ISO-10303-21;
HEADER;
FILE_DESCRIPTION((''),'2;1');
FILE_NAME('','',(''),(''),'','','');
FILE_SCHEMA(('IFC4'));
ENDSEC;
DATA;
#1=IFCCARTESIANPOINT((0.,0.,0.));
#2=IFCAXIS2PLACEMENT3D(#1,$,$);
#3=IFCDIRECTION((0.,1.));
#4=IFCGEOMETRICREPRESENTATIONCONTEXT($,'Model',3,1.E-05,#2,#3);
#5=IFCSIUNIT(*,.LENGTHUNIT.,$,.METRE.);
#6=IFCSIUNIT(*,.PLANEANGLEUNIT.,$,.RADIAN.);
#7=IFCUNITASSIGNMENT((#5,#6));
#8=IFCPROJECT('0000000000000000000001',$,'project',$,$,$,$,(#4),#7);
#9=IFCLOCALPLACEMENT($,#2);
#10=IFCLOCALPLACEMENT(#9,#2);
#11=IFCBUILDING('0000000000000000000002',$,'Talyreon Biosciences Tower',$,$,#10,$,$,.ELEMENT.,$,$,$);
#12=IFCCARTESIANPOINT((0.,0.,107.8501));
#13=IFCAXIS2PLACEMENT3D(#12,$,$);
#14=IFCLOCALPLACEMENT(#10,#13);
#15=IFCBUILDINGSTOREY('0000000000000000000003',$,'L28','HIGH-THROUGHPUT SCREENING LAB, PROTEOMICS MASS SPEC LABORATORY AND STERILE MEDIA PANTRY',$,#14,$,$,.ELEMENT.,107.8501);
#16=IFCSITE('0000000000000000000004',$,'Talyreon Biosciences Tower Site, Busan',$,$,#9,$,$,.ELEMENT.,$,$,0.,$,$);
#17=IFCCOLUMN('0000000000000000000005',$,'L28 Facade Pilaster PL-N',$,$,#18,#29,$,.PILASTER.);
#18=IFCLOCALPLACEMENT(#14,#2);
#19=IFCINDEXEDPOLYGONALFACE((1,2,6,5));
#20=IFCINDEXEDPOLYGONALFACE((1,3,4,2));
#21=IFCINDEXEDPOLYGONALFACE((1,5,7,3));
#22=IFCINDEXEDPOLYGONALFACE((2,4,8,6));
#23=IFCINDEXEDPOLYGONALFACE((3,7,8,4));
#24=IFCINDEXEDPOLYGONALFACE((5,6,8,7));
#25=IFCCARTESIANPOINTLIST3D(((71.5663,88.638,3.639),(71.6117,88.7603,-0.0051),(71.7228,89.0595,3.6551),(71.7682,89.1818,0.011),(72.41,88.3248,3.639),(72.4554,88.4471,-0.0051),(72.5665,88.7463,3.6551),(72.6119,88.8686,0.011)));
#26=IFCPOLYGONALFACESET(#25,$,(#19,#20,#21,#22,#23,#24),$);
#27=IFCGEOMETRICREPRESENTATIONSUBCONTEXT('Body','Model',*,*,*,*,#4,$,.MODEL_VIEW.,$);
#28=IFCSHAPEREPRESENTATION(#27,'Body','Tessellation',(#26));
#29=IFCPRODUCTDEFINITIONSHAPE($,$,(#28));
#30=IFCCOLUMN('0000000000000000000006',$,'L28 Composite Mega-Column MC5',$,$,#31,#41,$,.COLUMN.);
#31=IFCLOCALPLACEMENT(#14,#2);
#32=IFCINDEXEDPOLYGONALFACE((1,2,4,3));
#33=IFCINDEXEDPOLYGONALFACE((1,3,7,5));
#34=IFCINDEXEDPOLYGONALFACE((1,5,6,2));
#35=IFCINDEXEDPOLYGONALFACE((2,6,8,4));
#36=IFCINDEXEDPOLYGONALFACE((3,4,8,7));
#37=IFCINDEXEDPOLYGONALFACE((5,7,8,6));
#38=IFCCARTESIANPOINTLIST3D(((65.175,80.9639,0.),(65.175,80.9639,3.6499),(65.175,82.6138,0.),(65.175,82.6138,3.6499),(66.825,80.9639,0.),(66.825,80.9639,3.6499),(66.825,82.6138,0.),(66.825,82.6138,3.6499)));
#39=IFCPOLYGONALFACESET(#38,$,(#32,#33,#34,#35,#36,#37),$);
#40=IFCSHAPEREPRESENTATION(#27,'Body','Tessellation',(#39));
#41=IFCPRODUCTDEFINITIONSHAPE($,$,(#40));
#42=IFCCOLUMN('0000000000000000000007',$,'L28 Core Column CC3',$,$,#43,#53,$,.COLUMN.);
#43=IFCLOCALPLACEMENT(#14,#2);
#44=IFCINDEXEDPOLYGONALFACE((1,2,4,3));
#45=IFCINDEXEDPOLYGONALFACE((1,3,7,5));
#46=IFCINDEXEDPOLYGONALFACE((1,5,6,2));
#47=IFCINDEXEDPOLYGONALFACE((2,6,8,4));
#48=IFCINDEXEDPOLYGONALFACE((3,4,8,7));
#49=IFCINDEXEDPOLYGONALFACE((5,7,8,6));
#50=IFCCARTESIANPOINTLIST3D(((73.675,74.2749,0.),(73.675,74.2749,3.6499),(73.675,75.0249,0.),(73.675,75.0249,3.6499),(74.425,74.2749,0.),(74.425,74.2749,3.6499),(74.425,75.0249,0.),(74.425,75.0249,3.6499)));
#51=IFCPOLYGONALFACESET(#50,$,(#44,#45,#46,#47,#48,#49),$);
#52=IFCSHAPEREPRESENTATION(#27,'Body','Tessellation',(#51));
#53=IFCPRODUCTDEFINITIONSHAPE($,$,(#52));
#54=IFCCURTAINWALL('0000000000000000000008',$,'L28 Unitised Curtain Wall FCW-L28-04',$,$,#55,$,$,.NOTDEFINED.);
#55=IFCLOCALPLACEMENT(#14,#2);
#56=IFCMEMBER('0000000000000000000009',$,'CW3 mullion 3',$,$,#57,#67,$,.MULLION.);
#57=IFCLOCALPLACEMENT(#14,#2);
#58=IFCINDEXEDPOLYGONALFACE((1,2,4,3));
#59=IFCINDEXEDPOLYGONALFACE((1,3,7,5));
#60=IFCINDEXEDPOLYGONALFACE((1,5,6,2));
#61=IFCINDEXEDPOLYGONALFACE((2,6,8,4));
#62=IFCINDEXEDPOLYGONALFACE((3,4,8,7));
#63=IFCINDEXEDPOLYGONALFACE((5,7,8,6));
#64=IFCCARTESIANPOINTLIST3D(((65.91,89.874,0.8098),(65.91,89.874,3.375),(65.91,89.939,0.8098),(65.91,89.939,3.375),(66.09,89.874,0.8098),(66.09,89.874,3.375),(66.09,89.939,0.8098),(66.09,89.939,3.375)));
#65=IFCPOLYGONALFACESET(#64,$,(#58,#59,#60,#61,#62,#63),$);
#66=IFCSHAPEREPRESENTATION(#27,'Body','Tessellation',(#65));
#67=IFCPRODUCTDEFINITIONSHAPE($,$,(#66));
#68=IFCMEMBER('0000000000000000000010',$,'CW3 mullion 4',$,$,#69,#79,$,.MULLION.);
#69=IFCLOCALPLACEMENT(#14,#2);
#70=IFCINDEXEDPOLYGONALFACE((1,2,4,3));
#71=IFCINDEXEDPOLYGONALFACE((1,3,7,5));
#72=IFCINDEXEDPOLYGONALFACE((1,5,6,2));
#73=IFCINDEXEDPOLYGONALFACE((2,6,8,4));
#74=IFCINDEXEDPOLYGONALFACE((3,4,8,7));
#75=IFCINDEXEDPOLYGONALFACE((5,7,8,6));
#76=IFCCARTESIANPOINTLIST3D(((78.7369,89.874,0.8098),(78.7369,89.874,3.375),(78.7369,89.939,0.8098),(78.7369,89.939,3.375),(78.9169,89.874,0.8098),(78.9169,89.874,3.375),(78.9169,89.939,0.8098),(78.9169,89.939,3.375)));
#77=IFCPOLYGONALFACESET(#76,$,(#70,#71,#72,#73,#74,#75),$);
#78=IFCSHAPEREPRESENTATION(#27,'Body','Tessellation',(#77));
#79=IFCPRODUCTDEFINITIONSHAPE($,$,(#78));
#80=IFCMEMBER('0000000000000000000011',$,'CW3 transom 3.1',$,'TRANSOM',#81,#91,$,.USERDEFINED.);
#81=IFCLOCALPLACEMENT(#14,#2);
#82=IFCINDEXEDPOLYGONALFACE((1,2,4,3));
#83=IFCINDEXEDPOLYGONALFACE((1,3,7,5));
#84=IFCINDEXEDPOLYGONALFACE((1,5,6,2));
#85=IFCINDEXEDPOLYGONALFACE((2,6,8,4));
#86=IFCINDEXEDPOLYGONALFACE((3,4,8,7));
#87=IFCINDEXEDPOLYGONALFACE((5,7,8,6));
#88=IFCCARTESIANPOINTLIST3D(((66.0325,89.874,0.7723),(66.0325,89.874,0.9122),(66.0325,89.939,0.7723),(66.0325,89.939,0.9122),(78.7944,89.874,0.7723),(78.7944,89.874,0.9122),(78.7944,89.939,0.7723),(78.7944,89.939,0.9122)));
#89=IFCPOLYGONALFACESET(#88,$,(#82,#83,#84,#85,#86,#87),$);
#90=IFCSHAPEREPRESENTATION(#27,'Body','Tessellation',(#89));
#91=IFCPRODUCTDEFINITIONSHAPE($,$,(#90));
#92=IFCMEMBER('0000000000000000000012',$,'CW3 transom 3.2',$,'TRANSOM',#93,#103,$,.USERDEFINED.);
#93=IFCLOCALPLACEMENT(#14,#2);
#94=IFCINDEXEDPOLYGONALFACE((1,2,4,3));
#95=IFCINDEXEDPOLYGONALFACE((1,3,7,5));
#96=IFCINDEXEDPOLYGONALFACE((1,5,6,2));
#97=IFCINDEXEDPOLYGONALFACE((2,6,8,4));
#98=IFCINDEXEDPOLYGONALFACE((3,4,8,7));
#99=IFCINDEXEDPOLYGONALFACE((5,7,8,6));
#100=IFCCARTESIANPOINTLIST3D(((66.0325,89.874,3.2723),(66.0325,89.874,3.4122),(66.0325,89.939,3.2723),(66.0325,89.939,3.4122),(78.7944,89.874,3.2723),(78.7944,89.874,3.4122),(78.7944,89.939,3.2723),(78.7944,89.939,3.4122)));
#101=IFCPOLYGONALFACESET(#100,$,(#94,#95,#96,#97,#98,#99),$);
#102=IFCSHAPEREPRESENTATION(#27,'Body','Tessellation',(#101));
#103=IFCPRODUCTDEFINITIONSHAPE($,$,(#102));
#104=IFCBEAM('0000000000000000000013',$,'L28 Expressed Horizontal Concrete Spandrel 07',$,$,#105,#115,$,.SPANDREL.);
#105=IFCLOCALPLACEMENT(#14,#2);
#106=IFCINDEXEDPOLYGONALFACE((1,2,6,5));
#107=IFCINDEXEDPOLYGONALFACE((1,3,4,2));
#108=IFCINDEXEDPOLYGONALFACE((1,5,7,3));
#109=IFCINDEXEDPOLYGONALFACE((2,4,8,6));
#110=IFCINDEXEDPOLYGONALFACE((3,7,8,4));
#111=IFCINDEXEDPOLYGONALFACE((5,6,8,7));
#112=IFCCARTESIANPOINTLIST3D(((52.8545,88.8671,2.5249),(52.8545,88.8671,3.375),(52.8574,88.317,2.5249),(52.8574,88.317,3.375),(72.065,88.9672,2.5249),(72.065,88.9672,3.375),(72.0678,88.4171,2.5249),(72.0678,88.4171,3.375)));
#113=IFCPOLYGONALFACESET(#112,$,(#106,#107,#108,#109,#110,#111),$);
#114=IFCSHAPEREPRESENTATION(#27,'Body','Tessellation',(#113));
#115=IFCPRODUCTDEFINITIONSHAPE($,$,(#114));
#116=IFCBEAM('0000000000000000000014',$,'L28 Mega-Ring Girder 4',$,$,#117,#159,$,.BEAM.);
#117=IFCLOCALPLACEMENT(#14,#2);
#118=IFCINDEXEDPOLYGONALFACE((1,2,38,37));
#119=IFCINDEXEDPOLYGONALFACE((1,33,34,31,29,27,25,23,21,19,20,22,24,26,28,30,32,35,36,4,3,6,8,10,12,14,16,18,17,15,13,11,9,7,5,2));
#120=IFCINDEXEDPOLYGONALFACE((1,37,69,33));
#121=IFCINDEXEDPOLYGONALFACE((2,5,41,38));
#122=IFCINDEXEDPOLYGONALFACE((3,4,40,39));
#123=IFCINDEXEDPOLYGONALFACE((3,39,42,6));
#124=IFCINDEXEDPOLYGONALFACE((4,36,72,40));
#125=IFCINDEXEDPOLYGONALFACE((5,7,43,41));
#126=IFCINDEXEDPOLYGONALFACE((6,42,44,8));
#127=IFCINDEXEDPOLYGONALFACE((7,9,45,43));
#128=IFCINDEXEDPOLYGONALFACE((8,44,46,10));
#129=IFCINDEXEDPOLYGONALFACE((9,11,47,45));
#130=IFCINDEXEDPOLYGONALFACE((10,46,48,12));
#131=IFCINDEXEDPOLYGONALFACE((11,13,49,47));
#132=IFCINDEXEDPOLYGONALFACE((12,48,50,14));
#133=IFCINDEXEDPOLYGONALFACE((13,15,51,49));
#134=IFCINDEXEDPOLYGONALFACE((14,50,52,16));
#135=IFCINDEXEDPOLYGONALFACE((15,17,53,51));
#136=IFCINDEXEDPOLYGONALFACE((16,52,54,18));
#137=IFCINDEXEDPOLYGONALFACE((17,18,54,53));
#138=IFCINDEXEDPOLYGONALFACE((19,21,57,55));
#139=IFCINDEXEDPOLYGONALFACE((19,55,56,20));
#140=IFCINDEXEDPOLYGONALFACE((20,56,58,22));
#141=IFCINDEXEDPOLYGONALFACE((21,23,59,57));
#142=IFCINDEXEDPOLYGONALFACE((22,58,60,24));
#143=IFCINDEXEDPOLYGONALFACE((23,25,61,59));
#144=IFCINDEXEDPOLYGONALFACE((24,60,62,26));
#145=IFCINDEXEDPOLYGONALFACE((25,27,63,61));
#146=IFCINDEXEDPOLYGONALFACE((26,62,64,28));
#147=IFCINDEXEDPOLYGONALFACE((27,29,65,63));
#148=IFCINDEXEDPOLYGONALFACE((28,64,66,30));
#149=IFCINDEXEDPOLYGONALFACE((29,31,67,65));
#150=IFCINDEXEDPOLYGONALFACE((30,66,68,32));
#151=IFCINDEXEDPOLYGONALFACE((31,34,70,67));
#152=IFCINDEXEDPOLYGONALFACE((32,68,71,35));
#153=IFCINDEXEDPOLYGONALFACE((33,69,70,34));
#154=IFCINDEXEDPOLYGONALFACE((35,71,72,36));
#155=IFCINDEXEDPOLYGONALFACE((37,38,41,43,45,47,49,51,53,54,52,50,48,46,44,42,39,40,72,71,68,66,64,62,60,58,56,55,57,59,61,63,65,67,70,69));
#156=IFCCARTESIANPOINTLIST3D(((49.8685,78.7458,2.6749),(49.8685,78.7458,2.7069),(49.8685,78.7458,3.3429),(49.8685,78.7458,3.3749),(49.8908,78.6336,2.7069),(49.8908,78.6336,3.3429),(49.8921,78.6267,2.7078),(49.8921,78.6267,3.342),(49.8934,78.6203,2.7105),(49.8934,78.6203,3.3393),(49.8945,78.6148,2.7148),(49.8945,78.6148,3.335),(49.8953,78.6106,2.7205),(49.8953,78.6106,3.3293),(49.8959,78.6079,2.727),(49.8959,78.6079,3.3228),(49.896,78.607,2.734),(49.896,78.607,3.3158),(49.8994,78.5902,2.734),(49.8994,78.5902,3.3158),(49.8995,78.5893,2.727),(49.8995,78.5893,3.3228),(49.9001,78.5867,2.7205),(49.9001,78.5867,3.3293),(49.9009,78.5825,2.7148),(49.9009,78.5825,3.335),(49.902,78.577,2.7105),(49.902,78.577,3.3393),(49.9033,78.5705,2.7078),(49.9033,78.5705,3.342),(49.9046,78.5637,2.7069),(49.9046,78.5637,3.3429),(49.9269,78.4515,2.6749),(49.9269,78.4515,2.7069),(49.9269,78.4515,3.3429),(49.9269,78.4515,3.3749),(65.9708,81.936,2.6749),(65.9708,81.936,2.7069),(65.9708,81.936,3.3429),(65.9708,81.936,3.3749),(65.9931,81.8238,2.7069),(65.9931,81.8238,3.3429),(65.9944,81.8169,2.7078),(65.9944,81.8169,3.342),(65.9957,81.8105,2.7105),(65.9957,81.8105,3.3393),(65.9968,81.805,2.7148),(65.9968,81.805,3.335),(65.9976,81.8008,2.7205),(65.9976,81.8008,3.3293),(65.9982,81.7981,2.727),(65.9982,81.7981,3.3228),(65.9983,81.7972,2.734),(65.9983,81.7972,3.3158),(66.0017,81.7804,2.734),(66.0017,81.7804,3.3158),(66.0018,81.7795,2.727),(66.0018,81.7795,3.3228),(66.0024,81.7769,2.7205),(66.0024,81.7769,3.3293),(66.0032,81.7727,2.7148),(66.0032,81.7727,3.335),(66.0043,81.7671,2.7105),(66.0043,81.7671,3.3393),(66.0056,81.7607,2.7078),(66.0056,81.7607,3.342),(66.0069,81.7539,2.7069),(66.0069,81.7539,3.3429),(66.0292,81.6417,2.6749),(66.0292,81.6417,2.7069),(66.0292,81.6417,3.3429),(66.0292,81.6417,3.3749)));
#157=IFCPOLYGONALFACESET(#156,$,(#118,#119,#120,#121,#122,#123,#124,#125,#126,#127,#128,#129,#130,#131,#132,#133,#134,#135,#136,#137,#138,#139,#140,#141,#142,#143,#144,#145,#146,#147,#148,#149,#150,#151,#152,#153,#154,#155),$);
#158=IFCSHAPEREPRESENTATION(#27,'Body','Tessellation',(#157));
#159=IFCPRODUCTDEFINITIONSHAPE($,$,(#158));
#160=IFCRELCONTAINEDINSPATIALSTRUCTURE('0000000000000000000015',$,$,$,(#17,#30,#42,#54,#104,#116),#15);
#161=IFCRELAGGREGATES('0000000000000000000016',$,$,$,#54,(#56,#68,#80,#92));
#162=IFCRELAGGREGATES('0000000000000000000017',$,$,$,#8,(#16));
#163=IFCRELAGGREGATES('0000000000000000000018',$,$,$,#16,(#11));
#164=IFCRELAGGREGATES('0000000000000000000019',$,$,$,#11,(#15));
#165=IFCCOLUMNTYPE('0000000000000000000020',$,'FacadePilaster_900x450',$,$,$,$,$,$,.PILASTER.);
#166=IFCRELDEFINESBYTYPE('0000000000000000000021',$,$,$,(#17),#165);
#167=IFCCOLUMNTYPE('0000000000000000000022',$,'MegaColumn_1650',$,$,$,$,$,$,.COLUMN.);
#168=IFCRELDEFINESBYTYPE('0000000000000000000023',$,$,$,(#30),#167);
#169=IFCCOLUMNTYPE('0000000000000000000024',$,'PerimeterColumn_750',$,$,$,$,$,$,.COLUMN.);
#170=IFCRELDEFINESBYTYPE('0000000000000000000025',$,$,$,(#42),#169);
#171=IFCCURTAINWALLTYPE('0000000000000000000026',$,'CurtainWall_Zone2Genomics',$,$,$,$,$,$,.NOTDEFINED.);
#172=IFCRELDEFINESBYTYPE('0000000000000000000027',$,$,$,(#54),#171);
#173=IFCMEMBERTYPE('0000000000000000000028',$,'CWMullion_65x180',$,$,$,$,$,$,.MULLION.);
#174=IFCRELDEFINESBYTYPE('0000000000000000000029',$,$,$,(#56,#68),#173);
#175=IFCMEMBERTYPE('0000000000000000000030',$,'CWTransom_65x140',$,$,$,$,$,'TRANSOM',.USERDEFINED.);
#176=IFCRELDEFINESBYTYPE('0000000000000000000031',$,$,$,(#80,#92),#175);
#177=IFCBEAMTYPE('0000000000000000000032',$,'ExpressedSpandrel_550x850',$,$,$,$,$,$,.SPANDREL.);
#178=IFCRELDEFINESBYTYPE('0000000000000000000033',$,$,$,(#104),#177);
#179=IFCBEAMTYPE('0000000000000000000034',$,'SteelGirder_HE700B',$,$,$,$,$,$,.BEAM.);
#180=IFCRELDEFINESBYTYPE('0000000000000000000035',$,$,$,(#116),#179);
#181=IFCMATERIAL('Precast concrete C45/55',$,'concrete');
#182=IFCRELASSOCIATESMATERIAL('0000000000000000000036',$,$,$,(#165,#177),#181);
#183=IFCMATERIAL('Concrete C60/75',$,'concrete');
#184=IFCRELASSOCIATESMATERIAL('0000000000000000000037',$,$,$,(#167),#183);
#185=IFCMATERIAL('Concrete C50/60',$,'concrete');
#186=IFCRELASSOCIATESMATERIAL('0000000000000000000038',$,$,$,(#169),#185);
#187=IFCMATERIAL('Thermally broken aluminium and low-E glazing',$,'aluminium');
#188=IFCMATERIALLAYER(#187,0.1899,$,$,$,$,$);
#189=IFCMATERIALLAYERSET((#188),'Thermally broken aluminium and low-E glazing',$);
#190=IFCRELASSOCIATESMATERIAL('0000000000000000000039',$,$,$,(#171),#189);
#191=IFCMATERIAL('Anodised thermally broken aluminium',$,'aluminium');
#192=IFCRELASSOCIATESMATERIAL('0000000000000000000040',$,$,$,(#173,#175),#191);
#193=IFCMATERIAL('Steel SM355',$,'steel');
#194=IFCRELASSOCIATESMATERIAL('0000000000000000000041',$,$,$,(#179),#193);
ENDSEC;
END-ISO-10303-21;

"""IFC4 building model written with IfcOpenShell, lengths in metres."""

from ifc_helpers import new_model, si_unit, direction, frame, origin, origin_2d, place, context, subcontext, project, spatial, rectangle, i_section, extrude, material, layer, layer_set, material_profile, profile_set, type_object, element, aggregate, save


model = new_model("IFC4")

# Units and contexts
model_context = context("Model", 3, precision=1e-05, world=origin(), true_north=direction((0.0, 1.0)))
body_context = subcontext(model_context, "Body", "Model", "MODEL_VIEW")
ifc_project = project(units=[si_unit("LENGTHUNIT", "METRE"), si_unit("PLANEANGLEUNIT", "RADIAN")], contexts=[model_context])

# Site, building, storey
site_placement = place(None, origin())
site = spatial("IfcSite", under=ifc_project, at=site_placement, Name="Talyreon Biosciences Tower Site, Busan", CompositionType="ELEMENT", RefElevation=0.0)
building_placement = place(site_placement, origin())
building = spatial("IfcBuilding", under=site, at=building_placement, Name="Talyreon Biosciences Tower", CompositionType="ELEMENT")
storey_placement = place(building_placement, frame((0.0, 0.0, 107.8501)))
storey = spatial("IfcBuildingStorey", under=building, at=storey_placement, Name="L28", Description="HIGH-THROUGHPUT SCREENING LAB, PROTEOMICS MASS SPEC LABORATORY AND STERILE MEDIA PANTRY", CompositionType="ELEMENT", Elevation=107.8501)

# Columns
ifc_material_1 = material(Name="Precast concrete C45/55", Category="concrete")
ifc_material_profile_1 = material_profile(ifc_material_1, rectangle(XDim=0.8999, YDim=0.45, at=origin_2d()), Name="RC 900x450")
ifc_profile_set_1 = profile_set([ifc_material_profile_1], Name="Precast concrete C45/55")
column_type_1 = type_object("IfcColumnType", Name="FacadePilaster_900x450", PredefinedType="PILASTER", material=ifc_profile_set_1)
column_1_placement = place(storey_placement, frame((72.1118, 88.8145, 0.0029), z_axis=(-0.012453, -0.033544, 0.99936), x_axis=(-0.937478, 0.348046, 0.0)))
element("IfcColumn", 1, at=column_1_placement, inside=storey, type_object=column_type_1, Name="L28 Facade Pilaster PL-N", PredefinedType="PILASTER", context=body_context, shape_type="SweptSolid", body=[
    extrude(rectangle(XDim=0.8999, YDim=0.45, at=origin_2d()), origin(), (0.0, 0.0, 1.0), 3.6465),
])
ifc_material_2 = material(Name="Concrete C60/75", Category="concrete")
ifc_material_profile_2 = material_profile(ifc_material_2, rectangle(XDim=1.6499, YDim=1.6499, at=origin_2d()), Name="RC 1650x1650")
ifc_profile_set_2 = profile_set([ifc_material_profile_2], Name="Concrete C60/75")
column_type_2 = type_object("IfcColumnType", Name="MegaColumn_1650", PredefinedType="COLUMN", material=ifc_profile_set_2)
column_2_placement = place(storey_placement, frame((66.0, 81.7888, 0.0), z_axis=(0.0, 0.0, 1.0), x_axis=(1.0, 0.0, 0.0)))
element("IfcColumn", 2, at=column_2_placement, inside=storey, type_object=column_type_2, Name="L28 Composite Mega-Column MC5", PredefinedType="COLUMN", context=body_context, shape_type="SweptSolid", body=[
    extrude(rectangle(XDim=1.6499, YDim=1.6499, at=origin_2d()), origin(), (0.0, 0.0, 1.0), 3.6499),
])
ifc_material_3 = material(Name="Concrete C50/60", Category="concrete")
ifc_material_profile_3 = material_profile(ifc_material_3, rectangle(XDim=0.75, YDim=0.75, at=origin_2d()), Name="RC 750x750")
ifc_profile_set_3 = profile_set([ifc_material_profile_3], Name="Concrete C50/60")
column_type_3 = type_object("IfcColumnType", Name="PerimeterColumn_750", PredefinedType="COLUMN", material=ifc_profile_set_3)
column_3_placement = place(storey_placement, frame((74.05, 74.6499, 0.0), z_axis=(0.0, 0.0, 1.0), x_axis=(1.0, 0.0, 0.0)))
element("IfcColumn", 3, at=column_3_placement, inside=storey, type_object=column_type_3, Name="L28 Core Column CC3", PredefinedType="COLUMN", context=body_context, shape_type="SweptSolid", body=[
    extrude(rectangle(XDim=0.75, YDim=0.75, at=origin_2d()), origin(), (0.0, 0.0, 1.0), 3.6499),
])

# Curtain wall, members
ifc_material_4 = material(Name="Thermally broken aluminium and low-E glazing", Category="aluminium")
ifc_layer_1 = layer(ifc_material_4, 0.1899)
ifc_layer_set_1 = layer_set([ifc_layer_1], Name="Thermally broken aluminium and low-E glazing")
curtain_wall_type = type_object("IfcCurtainWallType", Name="CurtainWall_Zone2Genomics", PredefinedType="NOTDEFINED", material=ifc_layer_set_1)
curtain_wall_placement = place(storey_placement, origin())
curtain_wall = element("IfcCurtainWall", 4, at=curtain_wall_placement, inside=storey, type_object=curtain_wall_type, Name="L28 Unitised Curtain Wall FCW-L28-04", PredefinedType="NOTDEFINED")
ifc_material_5 = material(Name="Anodised thermally broken aluminium", Category="aluminium")
ifc_material_profile_4 = material_profile(ifc_material_5, rectangle(XDim=0.0649, YDim=0.1799, at=origin_2d()), Name="ALUM MULLION 65x180")
ifc_profile_set_4 = profile_set([ifc_material_profile_4], Name="Anodised thermally broken aluminium")
member_type_1 = type_object("IfcMemberType", Name="CWMullion_65x180", PredefinedType="MULLION", material=ifc_profile_set_4)
member_1_placement = place(storey_placement, frame((66.0, 89.9065, 0.8098), z_axis=(0.0, 0.0, 1.0), x_axis=(0.0, 1.0, 0.0)))
member_1 = element("IfcMember", 5, at=member_1_placement, type_object=member_type_1, Name="CW3 mullion 3", PredefinedType="MULLION", context=body_context, shape_type="SweptSolid", body=[
    extrude(rectangle(XDim=0.0649, YDim=0.1799, at=origin_2d()), origin(), (0.0, 0.0, 1.0), 2.5652),
])
member_2_placement = place(storey_placement, frame((78.8269, 89.9065, 0.8098), z_axis=(0.0, 0.0, 1.0), x_axis=(0.0, 1.0, 0.0)))
member_2 = element("IfcMember", 6, at=member_2_placement, type_object=member_type_1, Name="CW3 mullion 4", PredefinedType="MULLION", context=body_context, shape_type="SweptSolid", body=[
    extrude(rectangle(XDim=0.0649, YDim=0.1799, at=origin_2d()), origin(), (0.0, 0.0, 1.0), 2.5652),
])
ifc_material_profile_5 = material_profile(ifc_material_5, rectangle(XDim=0.0649, YDim=0.1399, at=origin_2d()), Name="ALUM TRANSOM 65x140")
ifc_profile_set_5 = profile_set([ifc_material_profile_5], Name="Anodised thermally broken aluminium")
member_type_2 = type_object("IfcMemberType", Name="CWTransom_65x140", ElementType="TRANSOM", PredefinedType="USERDEFINED", material=ifc_profile_set_5)
member_3_placement = place(storey_placement, frame((66.0325, 89.9065, 0.8423), z_axis=(1.0, 0.0, 0.0), x_axis=(0.0, 1.0, 0.0)))
member_3 = element("IfcMember", 7, at=member_3_placement, type_object=member_type_2, Name="CW3 transom 3.1", ObjectType="TRANSOM", PredefinedType="USERDEFINED", context=body_context, shape_type="SweptSolid", body=[
    extrude(rectangle(XDim=0.0649, YDim=0.1399, at=origin_2d()), origin(), (0.0, 0.0, 1.0), 12.762),
])
member_4_placement = place(storey_placement, frame((66.0325, 89.9065, 3.3423), z_axis=(1.0, 0.0, 0.0), x_axis=(0.0, 1.0, 0.0)))
member_4 = element("IfcMember", 8, at=member_4_placement, type_object=member_type_2, Name="CW3 transom 3.2", ObjectType="TRANSOM", PredefinedType="USERDEFINED", context=body_context, shape_type="SweptSolid", body=[
    extrude(rectangle(XDim=0.0649, YDim=0.1399, at=origin_2d()), origin(), (0.0, 0.0, 1.0), 12.762),
])

# Beams
ifc_material_profile_6 = material_profile(ifc_material_1, rectangle(XDim=0.55, YDim=0.8501, at=origin_2d()), Name="RCB 550x850")
ifc_profile_set_6 = profile_set([ifc_material_profile_6], Name="Precast concrete C45/55")
beam_type_1 = type_object("IfcBeamType", Name="ExpressedSpandrel_550x850", PredefinedType="SPANDREL", material=ifc_profile_set_6)
beam_1_placement = place(storey_placement, frame((72.0664, 88.6921, 2.95), z_axis=(-0.999986, -0.005211, 0.0), x_axis=(0.005211, -0.999986, 0.0)))
element("IfcBeam", 9, at=beam_1_placement, inside=storey, type_object=beam_type_1, Name="L28 Expressed Horizontal Concrete Spandrel 07", PredefinedType="SPANDREL", context=body_context, shape_type="SweptSolid", body=[
    extrude(rectangle(XDim=0.55, YDim=0.8501, at=origin_2d()), origin(), (0.0, 0.0, 1.0), 19.2107),
])
ifc_material_6 = material(Name="Steel SM355", Category="steel")
ifc_material_profile_7 = material_profile(ifc_material_6, i_section(OverallWidth=0.3, OverallDepth=0.7, WebThickness=0.0171, FlangeThickness=0.032, FilletRadius=0.0271, at=origin_2d()), Name="HE700B")
ifc_profile_set_7 = profile_set([ifc_material_profile_7], Name="Steel SM355")
beam_type_2 = type_object("IfcBeamType", Name="SteelGirder_HE700B", PredefinedType="BEAM", material=ifc_profile_set_7)
beam_2_placement = place(storey_placement, frame((66.0, 81.7888, 3.0249), z_axis=(-0.980934, -0.194343, 0.0), x_axis=(0.194343, -0.980934, 0.0)))
element("IfcBeam", 10, at=beam_2_placement, inside=storey, type_object=beam_type_2, Name="L28 Mega-Ring Girder 4", PredefinedType="BEAM", context=body_context, shape_type="SweptSolid", body=[
    extrude(i_section(OverallWidth=0.3, OverallDepth=0.7, WebThickness=0.0171, FlangeThickness=0.032, FilletRadius=0.0271, at=origin_2d()), origin(), (0.0, 0.0, 1.0), 16.4153),
])

aggregate(curtain_wall, [member_1, member_2, member_3, member_4])

save(model, "model.ifc")
